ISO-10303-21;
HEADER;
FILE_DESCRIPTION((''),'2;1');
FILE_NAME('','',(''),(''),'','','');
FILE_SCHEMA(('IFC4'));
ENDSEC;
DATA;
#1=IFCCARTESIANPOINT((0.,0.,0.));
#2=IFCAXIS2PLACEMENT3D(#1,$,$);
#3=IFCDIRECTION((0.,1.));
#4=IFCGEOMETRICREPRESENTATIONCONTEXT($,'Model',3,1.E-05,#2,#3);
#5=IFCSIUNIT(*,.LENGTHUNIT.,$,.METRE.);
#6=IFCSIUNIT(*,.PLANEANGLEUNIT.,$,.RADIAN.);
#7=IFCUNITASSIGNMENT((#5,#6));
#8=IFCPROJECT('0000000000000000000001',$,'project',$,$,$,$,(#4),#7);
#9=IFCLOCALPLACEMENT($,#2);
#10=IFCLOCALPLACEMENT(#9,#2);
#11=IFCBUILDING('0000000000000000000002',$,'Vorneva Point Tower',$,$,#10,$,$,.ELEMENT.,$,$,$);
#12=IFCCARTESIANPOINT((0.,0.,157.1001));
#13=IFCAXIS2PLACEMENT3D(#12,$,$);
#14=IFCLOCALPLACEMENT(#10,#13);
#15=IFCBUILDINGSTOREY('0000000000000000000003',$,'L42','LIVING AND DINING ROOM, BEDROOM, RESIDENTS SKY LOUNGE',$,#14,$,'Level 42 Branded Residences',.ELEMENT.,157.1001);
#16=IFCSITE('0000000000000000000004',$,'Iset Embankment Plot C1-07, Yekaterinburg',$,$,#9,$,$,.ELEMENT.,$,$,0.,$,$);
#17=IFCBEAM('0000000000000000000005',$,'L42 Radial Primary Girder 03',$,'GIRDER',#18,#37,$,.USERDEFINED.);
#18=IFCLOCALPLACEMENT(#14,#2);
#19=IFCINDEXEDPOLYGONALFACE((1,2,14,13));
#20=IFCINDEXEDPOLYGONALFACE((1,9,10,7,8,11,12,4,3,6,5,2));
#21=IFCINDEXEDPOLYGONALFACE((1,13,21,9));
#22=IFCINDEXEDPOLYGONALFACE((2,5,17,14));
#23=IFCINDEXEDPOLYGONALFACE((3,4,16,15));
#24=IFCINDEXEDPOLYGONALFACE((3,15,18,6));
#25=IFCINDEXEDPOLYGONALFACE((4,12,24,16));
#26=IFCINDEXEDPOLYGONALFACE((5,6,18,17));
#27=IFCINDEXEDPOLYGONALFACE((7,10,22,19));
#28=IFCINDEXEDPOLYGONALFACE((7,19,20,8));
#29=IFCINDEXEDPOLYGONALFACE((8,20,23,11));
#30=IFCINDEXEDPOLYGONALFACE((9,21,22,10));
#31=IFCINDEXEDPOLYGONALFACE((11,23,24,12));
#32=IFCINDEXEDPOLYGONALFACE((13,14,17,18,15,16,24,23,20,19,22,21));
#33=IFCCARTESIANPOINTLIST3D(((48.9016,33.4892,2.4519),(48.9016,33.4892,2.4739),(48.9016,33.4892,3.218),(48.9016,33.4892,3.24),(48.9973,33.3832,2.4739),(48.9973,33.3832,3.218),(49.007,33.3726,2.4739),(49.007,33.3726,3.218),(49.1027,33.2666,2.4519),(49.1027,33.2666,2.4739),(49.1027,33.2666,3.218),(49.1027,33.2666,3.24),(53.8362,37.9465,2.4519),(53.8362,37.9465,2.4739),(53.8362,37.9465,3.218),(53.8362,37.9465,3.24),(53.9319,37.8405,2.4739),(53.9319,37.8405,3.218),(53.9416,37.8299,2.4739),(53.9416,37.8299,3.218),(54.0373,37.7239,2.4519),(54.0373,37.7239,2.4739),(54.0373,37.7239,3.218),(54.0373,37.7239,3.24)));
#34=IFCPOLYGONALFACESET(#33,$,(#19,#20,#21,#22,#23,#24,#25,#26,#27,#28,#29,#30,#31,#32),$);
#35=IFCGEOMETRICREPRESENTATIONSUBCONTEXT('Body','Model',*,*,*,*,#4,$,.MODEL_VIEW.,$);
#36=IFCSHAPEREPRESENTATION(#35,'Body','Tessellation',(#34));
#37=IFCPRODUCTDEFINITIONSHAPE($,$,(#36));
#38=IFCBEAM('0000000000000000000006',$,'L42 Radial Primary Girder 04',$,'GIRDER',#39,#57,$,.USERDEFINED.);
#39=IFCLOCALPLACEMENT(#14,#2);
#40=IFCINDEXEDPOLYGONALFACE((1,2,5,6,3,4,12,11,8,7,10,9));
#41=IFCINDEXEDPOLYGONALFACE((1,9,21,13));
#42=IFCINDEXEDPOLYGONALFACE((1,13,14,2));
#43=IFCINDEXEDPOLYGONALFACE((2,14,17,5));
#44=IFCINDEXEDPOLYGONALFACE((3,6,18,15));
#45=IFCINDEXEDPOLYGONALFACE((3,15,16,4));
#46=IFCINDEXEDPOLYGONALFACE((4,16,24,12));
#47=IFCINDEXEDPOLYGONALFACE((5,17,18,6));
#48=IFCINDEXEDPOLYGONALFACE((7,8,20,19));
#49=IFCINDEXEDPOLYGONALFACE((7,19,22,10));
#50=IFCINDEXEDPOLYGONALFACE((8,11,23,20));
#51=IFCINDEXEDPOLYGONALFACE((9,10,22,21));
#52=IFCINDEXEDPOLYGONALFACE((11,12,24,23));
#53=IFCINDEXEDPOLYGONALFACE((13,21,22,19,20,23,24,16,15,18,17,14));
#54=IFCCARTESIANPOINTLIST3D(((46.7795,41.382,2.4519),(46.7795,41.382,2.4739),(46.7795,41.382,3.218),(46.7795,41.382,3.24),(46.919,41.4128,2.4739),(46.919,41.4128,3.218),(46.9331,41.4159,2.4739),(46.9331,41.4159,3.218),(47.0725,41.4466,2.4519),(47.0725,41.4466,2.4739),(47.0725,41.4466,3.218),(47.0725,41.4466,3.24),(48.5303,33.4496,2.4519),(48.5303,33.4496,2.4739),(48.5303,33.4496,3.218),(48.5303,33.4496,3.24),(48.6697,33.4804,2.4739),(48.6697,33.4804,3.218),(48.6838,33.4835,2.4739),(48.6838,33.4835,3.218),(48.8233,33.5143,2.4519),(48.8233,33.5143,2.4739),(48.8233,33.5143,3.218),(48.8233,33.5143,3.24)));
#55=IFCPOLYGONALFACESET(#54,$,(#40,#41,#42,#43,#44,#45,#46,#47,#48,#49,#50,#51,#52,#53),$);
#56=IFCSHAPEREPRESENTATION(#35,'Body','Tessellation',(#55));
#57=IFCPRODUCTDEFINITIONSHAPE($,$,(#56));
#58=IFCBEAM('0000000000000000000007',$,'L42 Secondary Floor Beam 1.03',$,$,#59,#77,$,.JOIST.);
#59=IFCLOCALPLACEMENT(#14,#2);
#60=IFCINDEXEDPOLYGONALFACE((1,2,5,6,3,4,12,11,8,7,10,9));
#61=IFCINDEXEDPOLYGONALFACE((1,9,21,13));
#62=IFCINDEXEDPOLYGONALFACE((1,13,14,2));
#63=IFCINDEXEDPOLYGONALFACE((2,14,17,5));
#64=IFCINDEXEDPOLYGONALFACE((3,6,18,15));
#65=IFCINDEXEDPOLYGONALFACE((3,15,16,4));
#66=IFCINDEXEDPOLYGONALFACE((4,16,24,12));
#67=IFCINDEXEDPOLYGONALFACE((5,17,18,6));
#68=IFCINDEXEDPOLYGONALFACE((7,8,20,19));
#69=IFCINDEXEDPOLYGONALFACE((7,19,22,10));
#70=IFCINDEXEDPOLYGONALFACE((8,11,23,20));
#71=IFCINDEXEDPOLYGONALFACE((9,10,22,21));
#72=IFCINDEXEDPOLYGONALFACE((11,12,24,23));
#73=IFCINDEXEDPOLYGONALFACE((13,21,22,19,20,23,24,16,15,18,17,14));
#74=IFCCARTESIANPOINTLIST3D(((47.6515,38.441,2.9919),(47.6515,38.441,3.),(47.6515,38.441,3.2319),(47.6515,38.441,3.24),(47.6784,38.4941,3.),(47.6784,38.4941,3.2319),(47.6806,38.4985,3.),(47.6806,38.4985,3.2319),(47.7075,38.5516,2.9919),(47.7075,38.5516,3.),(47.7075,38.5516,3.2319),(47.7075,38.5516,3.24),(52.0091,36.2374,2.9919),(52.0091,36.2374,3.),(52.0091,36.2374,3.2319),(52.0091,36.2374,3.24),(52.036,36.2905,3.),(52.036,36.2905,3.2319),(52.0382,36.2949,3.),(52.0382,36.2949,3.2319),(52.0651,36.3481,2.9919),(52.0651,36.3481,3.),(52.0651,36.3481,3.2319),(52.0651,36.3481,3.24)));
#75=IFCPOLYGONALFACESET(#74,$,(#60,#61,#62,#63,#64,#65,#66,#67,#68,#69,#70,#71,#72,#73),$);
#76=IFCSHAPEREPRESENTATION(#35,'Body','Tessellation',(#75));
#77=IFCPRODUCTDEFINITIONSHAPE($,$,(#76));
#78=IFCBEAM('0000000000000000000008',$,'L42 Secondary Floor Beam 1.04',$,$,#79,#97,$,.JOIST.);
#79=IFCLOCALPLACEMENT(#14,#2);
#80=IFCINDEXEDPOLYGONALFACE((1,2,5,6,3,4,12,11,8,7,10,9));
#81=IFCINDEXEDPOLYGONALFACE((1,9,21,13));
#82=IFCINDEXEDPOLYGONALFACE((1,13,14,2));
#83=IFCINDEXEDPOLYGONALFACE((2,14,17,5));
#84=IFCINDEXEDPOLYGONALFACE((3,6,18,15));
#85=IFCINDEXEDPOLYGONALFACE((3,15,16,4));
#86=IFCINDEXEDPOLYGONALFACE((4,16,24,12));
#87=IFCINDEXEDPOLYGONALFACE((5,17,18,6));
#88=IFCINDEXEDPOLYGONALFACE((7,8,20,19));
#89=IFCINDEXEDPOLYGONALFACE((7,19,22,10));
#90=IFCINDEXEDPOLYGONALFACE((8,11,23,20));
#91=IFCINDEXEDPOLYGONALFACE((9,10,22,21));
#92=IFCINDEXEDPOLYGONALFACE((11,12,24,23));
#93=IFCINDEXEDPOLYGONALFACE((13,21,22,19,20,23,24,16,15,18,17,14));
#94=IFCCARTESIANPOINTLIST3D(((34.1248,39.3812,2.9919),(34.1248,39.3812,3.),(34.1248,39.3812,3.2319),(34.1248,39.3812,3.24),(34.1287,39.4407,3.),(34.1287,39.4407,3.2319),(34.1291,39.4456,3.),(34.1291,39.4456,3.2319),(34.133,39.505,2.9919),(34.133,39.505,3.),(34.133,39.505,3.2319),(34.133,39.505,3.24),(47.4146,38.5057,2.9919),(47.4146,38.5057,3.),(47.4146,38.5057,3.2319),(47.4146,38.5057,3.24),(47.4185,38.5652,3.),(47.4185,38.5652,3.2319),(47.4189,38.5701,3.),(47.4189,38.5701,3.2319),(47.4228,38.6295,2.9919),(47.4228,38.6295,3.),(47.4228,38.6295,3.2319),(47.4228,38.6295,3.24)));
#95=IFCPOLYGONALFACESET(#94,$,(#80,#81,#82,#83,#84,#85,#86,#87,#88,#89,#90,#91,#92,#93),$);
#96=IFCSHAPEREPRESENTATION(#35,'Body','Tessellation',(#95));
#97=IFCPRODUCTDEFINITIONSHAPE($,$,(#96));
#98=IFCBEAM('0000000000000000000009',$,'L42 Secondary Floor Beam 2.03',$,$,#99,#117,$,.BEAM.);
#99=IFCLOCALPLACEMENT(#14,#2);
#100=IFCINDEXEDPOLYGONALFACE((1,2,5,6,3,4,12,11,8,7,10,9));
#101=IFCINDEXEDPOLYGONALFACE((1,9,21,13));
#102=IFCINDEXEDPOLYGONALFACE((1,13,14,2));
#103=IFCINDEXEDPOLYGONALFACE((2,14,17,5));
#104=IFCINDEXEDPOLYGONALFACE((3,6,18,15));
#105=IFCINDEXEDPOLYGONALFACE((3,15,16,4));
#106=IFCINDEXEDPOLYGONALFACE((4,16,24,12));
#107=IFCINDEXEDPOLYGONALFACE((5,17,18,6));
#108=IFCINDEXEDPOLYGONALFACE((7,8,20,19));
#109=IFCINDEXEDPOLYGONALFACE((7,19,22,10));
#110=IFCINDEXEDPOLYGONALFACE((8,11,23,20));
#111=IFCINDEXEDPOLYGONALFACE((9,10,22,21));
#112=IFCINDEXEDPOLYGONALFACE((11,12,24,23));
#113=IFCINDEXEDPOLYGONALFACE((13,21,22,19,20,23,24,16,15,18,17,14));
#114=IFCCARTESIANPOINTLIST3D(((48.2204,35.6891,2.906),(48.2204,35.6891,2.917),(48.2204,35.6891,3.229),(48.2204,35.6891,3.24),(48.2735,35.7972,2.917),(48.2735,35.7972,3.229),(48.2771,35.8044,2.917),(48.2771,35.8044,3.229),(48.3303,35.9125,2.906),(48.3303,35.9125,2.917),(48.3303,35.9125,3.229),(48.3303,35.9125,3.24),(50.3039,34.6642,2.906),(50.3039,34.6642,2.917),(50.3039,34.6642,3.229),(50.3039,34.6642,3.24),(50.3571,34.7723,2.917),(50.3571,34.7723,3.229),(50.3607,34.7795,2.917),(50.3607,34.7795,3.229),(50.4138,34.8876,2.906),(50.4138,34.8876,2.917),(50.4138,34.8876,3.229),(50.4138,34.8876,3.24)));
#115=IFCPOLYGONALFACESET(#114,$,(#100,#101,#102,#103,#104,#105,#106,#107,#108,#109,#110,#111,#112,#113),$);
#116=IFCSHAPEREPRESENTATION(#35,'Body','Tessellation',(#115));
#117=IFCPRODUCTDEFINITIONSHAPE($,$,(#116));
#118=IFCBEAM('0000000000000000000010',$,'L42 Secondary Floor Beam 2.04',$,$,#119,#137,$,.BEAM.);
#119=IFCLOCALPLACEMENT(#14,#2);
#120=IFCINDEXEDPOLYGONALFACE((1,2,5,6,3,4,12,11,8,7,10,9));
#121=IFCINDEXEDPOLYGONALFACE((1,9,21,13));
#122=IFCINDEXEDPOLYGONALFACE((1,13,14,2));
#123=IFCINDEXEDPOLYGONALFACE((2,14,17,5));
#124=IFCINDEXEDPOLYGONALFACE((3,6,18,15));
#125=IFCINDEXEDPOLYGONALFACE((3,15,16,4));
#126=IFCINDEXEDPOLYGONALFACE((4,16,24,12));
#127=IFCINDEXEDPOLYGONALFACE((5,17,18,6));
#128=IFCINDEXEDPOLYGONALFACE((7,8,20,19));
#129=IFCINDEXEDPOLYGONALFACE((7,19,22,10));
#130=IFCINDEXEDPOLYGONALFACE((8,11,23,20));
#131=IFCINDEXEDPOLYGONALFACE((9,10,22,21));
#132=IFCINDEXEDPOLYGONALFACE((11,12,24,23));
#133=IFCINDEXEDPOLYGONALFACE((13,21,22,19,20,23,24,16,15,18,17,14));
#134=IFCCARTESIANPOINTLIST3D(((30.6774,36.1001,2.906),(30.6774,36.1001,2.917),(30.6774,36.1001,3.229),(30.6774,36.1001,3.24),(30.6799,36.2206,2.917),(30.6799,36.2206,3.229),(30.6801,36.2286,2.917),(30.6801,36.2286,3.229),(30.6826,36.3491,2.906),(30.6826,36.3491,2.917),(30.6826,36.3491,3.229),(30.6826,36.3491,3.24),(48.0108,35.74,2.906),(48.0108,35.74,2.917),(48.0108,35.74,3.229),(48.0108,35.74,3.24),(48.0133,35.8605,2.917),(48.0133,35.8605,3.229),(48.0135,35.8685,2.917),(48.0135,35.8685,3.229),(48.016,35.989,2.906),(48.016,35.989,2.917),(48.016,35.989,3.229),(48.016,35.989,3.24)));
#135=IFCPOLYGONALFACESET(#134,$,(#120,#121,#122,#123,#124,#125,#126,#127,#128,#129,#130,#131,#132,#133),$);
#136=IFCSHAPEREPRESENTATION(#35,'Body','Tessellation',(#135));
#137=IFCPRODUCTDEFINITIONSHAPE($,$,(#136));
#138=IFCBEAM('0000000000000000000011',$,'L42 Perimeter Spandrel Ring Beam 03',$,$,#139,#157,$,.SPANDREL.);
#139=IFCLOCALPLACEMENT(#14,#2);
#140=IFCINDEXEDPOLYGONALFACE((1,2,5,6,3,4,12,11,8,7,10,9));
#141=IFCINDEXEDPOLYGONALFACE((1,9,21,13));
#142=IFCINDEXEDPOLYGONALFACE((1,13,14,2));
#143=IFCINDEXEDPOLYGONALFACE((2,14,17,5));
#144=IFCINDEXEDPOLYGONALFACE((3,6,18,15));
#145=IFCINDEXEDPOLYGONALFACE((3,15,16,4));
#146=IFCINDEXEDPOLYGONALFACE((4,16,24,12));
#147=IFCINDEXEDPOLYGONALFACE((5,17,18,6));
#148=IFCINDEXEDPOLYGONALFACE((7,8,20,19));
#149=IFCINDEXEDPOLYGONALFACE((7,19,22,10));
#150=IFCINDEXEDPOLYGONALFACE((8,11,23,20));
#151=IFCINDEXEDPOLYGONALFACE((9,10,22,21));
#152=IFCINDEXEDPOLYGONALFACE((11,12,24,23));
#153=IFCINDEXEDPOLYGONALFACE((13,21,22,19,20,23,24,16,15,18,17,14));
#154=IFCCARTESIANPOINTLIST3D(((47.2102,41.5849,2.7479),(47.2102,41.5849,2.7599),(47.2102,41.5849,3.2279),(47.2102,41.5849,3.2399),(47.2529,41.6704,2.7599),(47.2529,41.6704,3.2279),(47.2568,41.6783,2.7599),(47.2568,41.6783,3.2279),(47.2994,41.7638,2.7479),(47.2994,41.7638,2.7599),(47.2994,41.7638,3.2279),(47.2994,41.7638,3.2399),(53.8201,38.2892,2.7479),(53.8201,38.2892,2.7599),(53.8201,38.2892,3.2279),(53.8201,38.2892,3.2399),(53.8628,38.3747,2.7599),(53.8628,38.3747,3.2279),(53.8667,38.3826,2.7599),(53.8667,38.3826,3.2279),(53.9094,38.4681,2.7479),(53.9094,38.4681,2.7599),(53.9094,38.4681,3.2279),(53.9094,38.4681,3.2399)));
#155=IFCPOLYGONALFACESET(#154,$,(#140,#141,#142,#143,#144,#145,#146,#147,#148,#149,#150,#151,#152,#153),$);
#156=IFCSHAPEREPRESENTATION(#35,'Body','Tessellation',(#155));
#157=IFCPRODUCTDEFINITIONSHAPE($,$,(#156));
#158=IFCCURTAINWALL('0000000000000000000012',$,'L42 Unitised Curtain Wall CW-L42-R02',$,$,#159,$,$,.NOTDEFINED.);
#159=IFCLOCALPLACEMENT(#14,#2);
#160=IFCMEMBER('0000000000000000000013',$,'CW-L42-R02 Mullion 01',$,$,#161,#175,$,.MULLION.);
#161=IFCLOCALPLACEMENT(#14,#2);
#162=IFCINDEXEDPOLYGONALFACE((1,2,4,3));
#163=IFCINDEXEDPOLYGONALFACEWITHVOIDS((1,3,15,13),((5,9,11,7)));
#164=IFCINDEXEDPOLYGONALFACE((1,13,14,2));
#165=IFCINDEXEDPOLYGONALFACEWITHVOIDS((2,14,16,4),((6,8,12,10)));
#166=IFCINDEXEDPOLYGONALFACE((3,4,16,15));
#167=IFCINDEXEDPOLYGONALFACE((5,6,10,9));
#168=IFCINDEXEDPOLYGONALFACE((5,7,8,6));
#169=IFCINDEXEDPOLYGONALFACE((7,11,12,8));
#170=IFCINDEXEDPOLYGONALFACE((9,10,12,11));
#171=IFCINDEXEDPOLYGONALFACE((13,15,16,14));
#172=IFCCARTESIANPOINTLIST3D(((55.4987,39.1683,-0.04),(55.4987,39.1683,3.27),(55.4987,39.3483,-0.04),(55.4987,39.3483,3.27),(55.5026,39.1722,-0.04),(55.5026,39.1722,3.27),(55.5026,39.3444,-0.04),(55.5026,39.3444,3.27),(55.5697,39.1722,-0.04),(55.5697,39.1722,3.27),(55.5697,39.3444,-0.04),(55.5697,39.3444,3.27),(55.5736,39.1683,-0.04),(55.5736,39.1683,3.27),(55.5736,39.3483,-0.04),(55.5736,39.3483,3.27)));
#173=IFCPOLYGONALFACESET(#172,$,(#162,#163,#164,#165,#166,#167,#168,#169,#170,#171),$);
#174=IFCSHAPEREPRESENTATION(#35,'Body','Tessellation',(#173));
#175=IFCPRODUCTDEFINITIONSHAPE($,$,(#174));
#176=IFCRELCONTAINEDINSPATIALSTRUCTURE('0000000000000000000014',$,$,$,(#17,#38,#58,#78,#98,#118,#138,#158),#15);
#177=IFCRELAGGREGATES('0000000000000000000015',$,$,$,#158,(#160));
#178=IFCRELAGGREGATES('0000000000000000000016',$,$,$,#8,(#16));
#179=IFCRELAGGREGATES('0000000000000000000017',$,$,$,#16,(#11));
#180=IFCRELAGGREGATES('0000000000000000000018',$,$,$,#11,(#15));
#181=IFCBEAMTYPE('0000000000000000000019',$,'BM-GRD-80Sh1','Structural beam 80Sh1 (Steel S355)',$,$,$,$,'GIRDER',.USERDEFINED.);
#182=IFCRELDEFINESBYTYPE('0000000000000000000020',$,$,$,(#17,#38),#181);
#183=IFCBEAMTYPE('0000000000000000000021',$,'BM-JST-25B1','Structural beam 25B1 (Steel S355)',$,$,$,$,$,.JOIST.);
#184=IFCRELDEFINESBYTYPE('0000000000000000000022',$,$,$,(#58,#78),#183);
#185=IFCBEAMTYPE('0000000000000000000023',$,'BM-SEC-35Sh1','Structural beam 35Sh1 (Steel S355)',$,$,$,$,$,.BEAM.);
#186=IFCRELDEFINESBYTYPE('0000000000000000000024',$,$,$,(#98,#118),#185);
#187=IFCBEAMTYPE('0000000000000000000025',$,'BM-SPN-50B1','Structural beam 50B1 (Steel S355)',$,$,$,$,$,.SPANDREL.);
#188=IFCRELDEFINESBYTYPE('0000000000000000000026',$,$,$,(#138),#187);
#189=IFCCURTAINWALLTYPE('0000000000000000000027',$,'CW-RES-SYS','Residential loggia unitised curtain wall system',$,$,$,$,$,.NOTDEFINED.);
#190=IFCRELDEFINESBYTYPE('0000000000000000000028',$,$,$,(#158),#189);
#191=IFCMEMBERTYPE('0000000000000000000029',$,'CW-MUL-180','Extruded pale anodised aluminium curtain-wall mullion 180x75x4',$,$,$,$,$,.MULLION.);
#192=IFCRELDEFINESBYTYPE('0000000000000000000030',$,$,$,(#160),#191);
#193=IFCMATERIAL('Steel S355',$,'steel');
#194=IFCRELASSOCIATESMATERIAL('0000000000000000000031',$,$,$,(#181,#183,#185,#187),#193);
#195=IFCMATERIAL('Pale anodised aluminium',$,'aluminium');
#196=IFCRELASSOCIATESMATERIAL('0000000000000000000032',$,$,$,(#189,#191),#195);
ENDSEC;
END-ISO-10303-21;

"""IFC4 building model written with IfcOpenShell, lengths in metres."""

from ifc_helpers import new_model, si_unit, direction, frame, origin, origin_2d, place, context, subcontext, project, spatial, hollow_rectangle, i_section, extrude, material, material_profile, profile_set, type_object, element, aggregate, save


model = new_model("IFC4")

# Units and contexts
model_context = context("Model", 3, precision=1e-05, world=origin(), true_north=direction((0.0, 1.0)))
body_context = subcontext(model_context, "Body", "Model", "MODEL_VIEW")
ifc_project = project(units=[si_unit("LENGTHUNIT", "METRE"), si_unit("PLANEANGLEUNIT", "RADIAN")], contexts=[model_context])

# Site, building, storey
site_placement = place(None, origin())
site = spatial("IfcSite", under=ifc_project, at=site_placement, Name="Iset Embankment Plot C1-07, Yekaterinburg", CompositionType="ELEMENT", RefElevation=0.0)
building_placement = place(site_placement, origin())
building = spatial("IfcBuilding", under=site, at=building_placement, Name="Vorneva Point Tower", CompositionType="ELEMENT")
storey_placement = place(building_placement, frame((0.0, 0.0, 157.1001)))
storey = spatial("IfcBuildingStorey", under=building, at=storey_placement, Name="L42", Description="LIVING AND DINING ROOM, BEDROOM, RESIDENTS SKY LOUNGE", LongName="Level 42 Branded Residences", CompositionType="ELEMENT", Elevation=157.1001)

# Beams
ifc_material_1 = material(Name="Steel S355", Category="steel")
ifc_material_profile_1 = material_profile(ifc_material_1, i_section(OverallWidth=0.3, OverallDepth=0.7881, WebThickness=0.0144, FlangeThickness=0.022, at=origin_2d()), Name="80Sh1")
ifc_profile_set_1 = profile_set([ifc_material_profile_1], Name="Steel S355")
beam_type_1 = type_object("IfcBeamType", Name="BM-GRD-80Sh1", Description="Structural beam 80Sh1 (Steel S355)", ElementType="GIRDER", PredefinedType="USERDEFINED", material=ifc_profile_set_1)
beam_1_placement = place(storey_placement, frame((53.9368, 37.8352, 2.8459), z_axis=(-0.742084, -0.670306, 0.0), x_axis=(0.670306, -0.742084, 0.0)))
element("IfcBeam", 1, at=beam_1_placement, inside=storey, type_object=beam_type_1, Name="L42 Radial Primary Girder 03", ObjectType="GIRDER", PredefinedType="USERDEFINED", context=body_context, shape_type="SweptSolid", body=[
    extrude(i_section(OverallWidth=0.3, OverallDepth=0.7881, WebThickness=0.0144, FlangeThickness=0.022, at=origin_2d()), origin(), (0.0, 0.0, 1.0), 6.6497),
])
beam_2_placement = place(storey_placement, frame((46.926, 41.4143, 2.8459), z_axis=(0.215521, -0.976499, 0.0), x_axis=(0.976499, 0.215521, 0.0)))
element("IfcBeam", 2, at=beam_2_placement, inside=storey, type_object=beam_type_1, Name="L42 Radial Primary Girder 04", ObjectType="GIRDER", PredefinedType="USERDEFINED", context=body_context, shape_type="SweptSolid", body=[
    extrude(i_section(OverallWidth=0.3, OverallDepth=0.7881, WebThickness=0.0144, FlangeThickness=0.022, at=origin_2d()), origin(), (0.0, 0.0, 1.0), 8.1233),
])
ifc_material_profile_2 = material_profile(ifc_material_1, i_section(OverallWidth=0.124, OverallDepth=0.248, WebThickness=0.0049, FlangeThickness=0.0081, at=origin_2d()), Name="25B1")
ifc_profile_set_2 = profile_set([ifc_material_profile_2], Name="Steel S355")
beam_type_2 = type_object("IfcBeamType", Name="BM-JST-25B1", Description="Structural beam 25B1 (Steel S355)", PredefinedType="JOIST", material=ifc_profile_set_2)
beam_3_placement = place(storey_placement, frame((52.0371, 36.2927, 3.116), z_axis=(-0.892388, 0.451269, 0.0), x_axis=(-0.451269, -0.892388, 0.0)))
element("IfcBeam", 3, at=beam_3_placement, inside=storey, type_object=beam_type_2, Name="L42 Secondary Floor Beam 1.03", PredefinedType="JOIST", context=body_context, shape_type="SweptSolid", body=[
    extrude(i_section(OverallWidth=0.124, OverallDepth=0.248, WebThickness=0.0049, FlangeThickness=0.0081, at=origin_2d()), origin(), (0.0, 0.0, 1.0), 4.8831),
])
beam_4_placement = place(storey_placement, frame((47.4187, 38.5676, 3.116), z_axis=(-0.997837, 0.065734, 0.0), x_axis=(-0.065734, -0.997837, 0.0)))
element("IfcBeam", 4, at=beam_4_placement, inside=storey, type_object=beam_type_2, Name="L42 Secondary Floor Beam 1.04", PredefinedType="JOIST", context=body_context, shape_type="SweptSolid", body=[
    extrude(i_section(OverallWidth=0.124, OverallDepth=0.248, WebThickness=0.0049, FlangeThickness=0.0081, at=origin_2d()), origin(), (0.0, 0.0, 1.0), 13.3186),
])
ifc_material_profile_3 = material_profile(ifc_material_1, i_section(OverallWidth=0.249, OverallDepth=0.334, WebThickness=0.0081, FlangeThickness=0.011, at=origin_2d()), Name="35Sh1")
ifc_profile_set_3 = profile_set([ifc_material_profile_3], Name="Steel S355")
beam_type_3 = type_object("IfcBeamType", Name="BM-SEC-35Sh1", Description="Structural beam 35Sh1 (Steel S355)", PredefinedType="BEAM", material=ifc_profile_set_3)
beam_5_placement = place(storey_placement, frame((50.3589, 34.7759, 3.073), z_axis=(-0.89731, 0.4414, 0.0), x_axis=(-0.4414, -0.89731, 0.0)))
element("IfcBeam", 5, at=beam_5_placement, inside=storey, type_object=beam_type_3, Name="L42 Secondary Floor Beam 2.03", PredefinedType="BEAM", context=body_context, shape_type="SweptSolid", body=[
    extrude(i_section(OverallWidth=0.249, OverallDepth=0.334, WebThickness=0.0081, FlangeThickness=0.011, at=origin_2d()), origin(), (0.0, 0.0, 1.0), 2.322),
])
beam_6_placement = place(storey_placement, frame((48.0134, 35.8645, 3.073), z_axis=(-0.999784, 0.020771, 0.0), x_axis=(-0.020771, -0.999784, 0.0)))
element("IfcBeam", 6, at=beam_6_placement, inside=storey, type_object=beam_type_3, Name="L42 Secondary Floor Beam 2.04", PredefinedType="BEAM", context=body_context, shape_type="SweptSolid", body=[
    extrude(i_section(OverallWidth=0.249, OverallDepth=0.334, WebThickness=0.0081, FlangeThickness=0.011, at=origin_2d()), origin(), (0.0, 0.0, 1.0), 17.3372),
])
ifc_material_profile_4 = material_profile(ifc_material_1, i_section(OverallWidth=0.2, OverallDepth=0.4919, WebThickness=0.0088, FlangeThickness=0.012, at=origin_2d()), Name="50B1")
ifc_profile_set_4 = profile_set([ifc_material_profile_4], Name="Steel S355")
beam_type_4 = type_object("IfcBeamType", Name="BM-SPN-50B1", Description="Structural beam 50B1 (Steel S355)", PredefinedType="SPANDREL", material=ifc_profile_set_4)
beam_7_placement = place(storey_placement, frame((53.8647, 38.3787, 2.9939), z_axis=(-0.894929, 0.446208, 0.0), x_axis=(-0.446208, -0.894929, 0.0)))
element("IfcBeam", 7, at=beam_7_placement, inside=storey, type_object=beam_type_4, Name="L42 Perimeter Spandrel Ring Beam 03", PredefinedType="SPANDREL", context=body_context, shape_type="SweptSolid", body=[
    extrude(i_section(OverallWidth=0.2, OverallDepth=0.4919, WebThickness=0.0088, FlangeThickness=0.012, at=origin_2d()), origin(), (0.0, 0.0, 1.0), 7.386),
])

# Curtain wall, member
ifc_material_2 = material(Name="Pale anodised aluminium", Category="aluminium")
curtain_wall_type = type_object("IfcCurtainWallType", Name="CW-RES-SYS", Description="Residential loggia unitised curtain wall system", PredefinedType="NOTDEFINED", material=ifc_material_2)
curtain_wall_placement = place(storey_placement, origin())
curtain_wall = element("IfcCurtainWall", 8, at=curtain_wall_placement, inside=storey, type_object=curtain_wall_type, Name="L42 Unitised Curtain Wall CW-L42-R02", PredefinedType="NOTDEFINED")
ifc_material_profile_5 = material_profile(ifc_material_2, hollow_rectangle(XDim=0.075, YDim=0.1799, WallThickness=0.0039, at=origin_2d()), Name="AL-MUL 180x75x4")
ifc_profile_set_5 = profile_set([ifc_material_profile_5], Name="Pale anodised aluminium")
member_type_1 = type_object("IfcMemberType", Name="CW-MUL-180", Description="Extruded pale anodised aluminium curtain-wall mullion 180x75x4", PredefinedType="MULLION", material=ifc_profile_set_5)
member_1_placement = place(storey_placement, frame((55.5361, 39.2583, -0.04), z_axis=(0.0, 0.0, 1.0), x_axis=(1.0, 0.0, 0.0)))
member_1 = element("IfcMember", 9, at=member_1_placement, type_object=member_type_1, Name="CW-L42-R02 Mullion 01", PredefinedType="MULLION", context=body_context, shape_type="SweptSolid", body=[
    extrude(hollow_rectangle(XDim=0.075, YDim=0.1799, WallThickness=0.0039, at=origin_2d()), origin(), (0.0, 0.0, 1.0), 3.3101),
])
aggregate(curtain_wall, [member_1])

save(model, "model.ifc")
